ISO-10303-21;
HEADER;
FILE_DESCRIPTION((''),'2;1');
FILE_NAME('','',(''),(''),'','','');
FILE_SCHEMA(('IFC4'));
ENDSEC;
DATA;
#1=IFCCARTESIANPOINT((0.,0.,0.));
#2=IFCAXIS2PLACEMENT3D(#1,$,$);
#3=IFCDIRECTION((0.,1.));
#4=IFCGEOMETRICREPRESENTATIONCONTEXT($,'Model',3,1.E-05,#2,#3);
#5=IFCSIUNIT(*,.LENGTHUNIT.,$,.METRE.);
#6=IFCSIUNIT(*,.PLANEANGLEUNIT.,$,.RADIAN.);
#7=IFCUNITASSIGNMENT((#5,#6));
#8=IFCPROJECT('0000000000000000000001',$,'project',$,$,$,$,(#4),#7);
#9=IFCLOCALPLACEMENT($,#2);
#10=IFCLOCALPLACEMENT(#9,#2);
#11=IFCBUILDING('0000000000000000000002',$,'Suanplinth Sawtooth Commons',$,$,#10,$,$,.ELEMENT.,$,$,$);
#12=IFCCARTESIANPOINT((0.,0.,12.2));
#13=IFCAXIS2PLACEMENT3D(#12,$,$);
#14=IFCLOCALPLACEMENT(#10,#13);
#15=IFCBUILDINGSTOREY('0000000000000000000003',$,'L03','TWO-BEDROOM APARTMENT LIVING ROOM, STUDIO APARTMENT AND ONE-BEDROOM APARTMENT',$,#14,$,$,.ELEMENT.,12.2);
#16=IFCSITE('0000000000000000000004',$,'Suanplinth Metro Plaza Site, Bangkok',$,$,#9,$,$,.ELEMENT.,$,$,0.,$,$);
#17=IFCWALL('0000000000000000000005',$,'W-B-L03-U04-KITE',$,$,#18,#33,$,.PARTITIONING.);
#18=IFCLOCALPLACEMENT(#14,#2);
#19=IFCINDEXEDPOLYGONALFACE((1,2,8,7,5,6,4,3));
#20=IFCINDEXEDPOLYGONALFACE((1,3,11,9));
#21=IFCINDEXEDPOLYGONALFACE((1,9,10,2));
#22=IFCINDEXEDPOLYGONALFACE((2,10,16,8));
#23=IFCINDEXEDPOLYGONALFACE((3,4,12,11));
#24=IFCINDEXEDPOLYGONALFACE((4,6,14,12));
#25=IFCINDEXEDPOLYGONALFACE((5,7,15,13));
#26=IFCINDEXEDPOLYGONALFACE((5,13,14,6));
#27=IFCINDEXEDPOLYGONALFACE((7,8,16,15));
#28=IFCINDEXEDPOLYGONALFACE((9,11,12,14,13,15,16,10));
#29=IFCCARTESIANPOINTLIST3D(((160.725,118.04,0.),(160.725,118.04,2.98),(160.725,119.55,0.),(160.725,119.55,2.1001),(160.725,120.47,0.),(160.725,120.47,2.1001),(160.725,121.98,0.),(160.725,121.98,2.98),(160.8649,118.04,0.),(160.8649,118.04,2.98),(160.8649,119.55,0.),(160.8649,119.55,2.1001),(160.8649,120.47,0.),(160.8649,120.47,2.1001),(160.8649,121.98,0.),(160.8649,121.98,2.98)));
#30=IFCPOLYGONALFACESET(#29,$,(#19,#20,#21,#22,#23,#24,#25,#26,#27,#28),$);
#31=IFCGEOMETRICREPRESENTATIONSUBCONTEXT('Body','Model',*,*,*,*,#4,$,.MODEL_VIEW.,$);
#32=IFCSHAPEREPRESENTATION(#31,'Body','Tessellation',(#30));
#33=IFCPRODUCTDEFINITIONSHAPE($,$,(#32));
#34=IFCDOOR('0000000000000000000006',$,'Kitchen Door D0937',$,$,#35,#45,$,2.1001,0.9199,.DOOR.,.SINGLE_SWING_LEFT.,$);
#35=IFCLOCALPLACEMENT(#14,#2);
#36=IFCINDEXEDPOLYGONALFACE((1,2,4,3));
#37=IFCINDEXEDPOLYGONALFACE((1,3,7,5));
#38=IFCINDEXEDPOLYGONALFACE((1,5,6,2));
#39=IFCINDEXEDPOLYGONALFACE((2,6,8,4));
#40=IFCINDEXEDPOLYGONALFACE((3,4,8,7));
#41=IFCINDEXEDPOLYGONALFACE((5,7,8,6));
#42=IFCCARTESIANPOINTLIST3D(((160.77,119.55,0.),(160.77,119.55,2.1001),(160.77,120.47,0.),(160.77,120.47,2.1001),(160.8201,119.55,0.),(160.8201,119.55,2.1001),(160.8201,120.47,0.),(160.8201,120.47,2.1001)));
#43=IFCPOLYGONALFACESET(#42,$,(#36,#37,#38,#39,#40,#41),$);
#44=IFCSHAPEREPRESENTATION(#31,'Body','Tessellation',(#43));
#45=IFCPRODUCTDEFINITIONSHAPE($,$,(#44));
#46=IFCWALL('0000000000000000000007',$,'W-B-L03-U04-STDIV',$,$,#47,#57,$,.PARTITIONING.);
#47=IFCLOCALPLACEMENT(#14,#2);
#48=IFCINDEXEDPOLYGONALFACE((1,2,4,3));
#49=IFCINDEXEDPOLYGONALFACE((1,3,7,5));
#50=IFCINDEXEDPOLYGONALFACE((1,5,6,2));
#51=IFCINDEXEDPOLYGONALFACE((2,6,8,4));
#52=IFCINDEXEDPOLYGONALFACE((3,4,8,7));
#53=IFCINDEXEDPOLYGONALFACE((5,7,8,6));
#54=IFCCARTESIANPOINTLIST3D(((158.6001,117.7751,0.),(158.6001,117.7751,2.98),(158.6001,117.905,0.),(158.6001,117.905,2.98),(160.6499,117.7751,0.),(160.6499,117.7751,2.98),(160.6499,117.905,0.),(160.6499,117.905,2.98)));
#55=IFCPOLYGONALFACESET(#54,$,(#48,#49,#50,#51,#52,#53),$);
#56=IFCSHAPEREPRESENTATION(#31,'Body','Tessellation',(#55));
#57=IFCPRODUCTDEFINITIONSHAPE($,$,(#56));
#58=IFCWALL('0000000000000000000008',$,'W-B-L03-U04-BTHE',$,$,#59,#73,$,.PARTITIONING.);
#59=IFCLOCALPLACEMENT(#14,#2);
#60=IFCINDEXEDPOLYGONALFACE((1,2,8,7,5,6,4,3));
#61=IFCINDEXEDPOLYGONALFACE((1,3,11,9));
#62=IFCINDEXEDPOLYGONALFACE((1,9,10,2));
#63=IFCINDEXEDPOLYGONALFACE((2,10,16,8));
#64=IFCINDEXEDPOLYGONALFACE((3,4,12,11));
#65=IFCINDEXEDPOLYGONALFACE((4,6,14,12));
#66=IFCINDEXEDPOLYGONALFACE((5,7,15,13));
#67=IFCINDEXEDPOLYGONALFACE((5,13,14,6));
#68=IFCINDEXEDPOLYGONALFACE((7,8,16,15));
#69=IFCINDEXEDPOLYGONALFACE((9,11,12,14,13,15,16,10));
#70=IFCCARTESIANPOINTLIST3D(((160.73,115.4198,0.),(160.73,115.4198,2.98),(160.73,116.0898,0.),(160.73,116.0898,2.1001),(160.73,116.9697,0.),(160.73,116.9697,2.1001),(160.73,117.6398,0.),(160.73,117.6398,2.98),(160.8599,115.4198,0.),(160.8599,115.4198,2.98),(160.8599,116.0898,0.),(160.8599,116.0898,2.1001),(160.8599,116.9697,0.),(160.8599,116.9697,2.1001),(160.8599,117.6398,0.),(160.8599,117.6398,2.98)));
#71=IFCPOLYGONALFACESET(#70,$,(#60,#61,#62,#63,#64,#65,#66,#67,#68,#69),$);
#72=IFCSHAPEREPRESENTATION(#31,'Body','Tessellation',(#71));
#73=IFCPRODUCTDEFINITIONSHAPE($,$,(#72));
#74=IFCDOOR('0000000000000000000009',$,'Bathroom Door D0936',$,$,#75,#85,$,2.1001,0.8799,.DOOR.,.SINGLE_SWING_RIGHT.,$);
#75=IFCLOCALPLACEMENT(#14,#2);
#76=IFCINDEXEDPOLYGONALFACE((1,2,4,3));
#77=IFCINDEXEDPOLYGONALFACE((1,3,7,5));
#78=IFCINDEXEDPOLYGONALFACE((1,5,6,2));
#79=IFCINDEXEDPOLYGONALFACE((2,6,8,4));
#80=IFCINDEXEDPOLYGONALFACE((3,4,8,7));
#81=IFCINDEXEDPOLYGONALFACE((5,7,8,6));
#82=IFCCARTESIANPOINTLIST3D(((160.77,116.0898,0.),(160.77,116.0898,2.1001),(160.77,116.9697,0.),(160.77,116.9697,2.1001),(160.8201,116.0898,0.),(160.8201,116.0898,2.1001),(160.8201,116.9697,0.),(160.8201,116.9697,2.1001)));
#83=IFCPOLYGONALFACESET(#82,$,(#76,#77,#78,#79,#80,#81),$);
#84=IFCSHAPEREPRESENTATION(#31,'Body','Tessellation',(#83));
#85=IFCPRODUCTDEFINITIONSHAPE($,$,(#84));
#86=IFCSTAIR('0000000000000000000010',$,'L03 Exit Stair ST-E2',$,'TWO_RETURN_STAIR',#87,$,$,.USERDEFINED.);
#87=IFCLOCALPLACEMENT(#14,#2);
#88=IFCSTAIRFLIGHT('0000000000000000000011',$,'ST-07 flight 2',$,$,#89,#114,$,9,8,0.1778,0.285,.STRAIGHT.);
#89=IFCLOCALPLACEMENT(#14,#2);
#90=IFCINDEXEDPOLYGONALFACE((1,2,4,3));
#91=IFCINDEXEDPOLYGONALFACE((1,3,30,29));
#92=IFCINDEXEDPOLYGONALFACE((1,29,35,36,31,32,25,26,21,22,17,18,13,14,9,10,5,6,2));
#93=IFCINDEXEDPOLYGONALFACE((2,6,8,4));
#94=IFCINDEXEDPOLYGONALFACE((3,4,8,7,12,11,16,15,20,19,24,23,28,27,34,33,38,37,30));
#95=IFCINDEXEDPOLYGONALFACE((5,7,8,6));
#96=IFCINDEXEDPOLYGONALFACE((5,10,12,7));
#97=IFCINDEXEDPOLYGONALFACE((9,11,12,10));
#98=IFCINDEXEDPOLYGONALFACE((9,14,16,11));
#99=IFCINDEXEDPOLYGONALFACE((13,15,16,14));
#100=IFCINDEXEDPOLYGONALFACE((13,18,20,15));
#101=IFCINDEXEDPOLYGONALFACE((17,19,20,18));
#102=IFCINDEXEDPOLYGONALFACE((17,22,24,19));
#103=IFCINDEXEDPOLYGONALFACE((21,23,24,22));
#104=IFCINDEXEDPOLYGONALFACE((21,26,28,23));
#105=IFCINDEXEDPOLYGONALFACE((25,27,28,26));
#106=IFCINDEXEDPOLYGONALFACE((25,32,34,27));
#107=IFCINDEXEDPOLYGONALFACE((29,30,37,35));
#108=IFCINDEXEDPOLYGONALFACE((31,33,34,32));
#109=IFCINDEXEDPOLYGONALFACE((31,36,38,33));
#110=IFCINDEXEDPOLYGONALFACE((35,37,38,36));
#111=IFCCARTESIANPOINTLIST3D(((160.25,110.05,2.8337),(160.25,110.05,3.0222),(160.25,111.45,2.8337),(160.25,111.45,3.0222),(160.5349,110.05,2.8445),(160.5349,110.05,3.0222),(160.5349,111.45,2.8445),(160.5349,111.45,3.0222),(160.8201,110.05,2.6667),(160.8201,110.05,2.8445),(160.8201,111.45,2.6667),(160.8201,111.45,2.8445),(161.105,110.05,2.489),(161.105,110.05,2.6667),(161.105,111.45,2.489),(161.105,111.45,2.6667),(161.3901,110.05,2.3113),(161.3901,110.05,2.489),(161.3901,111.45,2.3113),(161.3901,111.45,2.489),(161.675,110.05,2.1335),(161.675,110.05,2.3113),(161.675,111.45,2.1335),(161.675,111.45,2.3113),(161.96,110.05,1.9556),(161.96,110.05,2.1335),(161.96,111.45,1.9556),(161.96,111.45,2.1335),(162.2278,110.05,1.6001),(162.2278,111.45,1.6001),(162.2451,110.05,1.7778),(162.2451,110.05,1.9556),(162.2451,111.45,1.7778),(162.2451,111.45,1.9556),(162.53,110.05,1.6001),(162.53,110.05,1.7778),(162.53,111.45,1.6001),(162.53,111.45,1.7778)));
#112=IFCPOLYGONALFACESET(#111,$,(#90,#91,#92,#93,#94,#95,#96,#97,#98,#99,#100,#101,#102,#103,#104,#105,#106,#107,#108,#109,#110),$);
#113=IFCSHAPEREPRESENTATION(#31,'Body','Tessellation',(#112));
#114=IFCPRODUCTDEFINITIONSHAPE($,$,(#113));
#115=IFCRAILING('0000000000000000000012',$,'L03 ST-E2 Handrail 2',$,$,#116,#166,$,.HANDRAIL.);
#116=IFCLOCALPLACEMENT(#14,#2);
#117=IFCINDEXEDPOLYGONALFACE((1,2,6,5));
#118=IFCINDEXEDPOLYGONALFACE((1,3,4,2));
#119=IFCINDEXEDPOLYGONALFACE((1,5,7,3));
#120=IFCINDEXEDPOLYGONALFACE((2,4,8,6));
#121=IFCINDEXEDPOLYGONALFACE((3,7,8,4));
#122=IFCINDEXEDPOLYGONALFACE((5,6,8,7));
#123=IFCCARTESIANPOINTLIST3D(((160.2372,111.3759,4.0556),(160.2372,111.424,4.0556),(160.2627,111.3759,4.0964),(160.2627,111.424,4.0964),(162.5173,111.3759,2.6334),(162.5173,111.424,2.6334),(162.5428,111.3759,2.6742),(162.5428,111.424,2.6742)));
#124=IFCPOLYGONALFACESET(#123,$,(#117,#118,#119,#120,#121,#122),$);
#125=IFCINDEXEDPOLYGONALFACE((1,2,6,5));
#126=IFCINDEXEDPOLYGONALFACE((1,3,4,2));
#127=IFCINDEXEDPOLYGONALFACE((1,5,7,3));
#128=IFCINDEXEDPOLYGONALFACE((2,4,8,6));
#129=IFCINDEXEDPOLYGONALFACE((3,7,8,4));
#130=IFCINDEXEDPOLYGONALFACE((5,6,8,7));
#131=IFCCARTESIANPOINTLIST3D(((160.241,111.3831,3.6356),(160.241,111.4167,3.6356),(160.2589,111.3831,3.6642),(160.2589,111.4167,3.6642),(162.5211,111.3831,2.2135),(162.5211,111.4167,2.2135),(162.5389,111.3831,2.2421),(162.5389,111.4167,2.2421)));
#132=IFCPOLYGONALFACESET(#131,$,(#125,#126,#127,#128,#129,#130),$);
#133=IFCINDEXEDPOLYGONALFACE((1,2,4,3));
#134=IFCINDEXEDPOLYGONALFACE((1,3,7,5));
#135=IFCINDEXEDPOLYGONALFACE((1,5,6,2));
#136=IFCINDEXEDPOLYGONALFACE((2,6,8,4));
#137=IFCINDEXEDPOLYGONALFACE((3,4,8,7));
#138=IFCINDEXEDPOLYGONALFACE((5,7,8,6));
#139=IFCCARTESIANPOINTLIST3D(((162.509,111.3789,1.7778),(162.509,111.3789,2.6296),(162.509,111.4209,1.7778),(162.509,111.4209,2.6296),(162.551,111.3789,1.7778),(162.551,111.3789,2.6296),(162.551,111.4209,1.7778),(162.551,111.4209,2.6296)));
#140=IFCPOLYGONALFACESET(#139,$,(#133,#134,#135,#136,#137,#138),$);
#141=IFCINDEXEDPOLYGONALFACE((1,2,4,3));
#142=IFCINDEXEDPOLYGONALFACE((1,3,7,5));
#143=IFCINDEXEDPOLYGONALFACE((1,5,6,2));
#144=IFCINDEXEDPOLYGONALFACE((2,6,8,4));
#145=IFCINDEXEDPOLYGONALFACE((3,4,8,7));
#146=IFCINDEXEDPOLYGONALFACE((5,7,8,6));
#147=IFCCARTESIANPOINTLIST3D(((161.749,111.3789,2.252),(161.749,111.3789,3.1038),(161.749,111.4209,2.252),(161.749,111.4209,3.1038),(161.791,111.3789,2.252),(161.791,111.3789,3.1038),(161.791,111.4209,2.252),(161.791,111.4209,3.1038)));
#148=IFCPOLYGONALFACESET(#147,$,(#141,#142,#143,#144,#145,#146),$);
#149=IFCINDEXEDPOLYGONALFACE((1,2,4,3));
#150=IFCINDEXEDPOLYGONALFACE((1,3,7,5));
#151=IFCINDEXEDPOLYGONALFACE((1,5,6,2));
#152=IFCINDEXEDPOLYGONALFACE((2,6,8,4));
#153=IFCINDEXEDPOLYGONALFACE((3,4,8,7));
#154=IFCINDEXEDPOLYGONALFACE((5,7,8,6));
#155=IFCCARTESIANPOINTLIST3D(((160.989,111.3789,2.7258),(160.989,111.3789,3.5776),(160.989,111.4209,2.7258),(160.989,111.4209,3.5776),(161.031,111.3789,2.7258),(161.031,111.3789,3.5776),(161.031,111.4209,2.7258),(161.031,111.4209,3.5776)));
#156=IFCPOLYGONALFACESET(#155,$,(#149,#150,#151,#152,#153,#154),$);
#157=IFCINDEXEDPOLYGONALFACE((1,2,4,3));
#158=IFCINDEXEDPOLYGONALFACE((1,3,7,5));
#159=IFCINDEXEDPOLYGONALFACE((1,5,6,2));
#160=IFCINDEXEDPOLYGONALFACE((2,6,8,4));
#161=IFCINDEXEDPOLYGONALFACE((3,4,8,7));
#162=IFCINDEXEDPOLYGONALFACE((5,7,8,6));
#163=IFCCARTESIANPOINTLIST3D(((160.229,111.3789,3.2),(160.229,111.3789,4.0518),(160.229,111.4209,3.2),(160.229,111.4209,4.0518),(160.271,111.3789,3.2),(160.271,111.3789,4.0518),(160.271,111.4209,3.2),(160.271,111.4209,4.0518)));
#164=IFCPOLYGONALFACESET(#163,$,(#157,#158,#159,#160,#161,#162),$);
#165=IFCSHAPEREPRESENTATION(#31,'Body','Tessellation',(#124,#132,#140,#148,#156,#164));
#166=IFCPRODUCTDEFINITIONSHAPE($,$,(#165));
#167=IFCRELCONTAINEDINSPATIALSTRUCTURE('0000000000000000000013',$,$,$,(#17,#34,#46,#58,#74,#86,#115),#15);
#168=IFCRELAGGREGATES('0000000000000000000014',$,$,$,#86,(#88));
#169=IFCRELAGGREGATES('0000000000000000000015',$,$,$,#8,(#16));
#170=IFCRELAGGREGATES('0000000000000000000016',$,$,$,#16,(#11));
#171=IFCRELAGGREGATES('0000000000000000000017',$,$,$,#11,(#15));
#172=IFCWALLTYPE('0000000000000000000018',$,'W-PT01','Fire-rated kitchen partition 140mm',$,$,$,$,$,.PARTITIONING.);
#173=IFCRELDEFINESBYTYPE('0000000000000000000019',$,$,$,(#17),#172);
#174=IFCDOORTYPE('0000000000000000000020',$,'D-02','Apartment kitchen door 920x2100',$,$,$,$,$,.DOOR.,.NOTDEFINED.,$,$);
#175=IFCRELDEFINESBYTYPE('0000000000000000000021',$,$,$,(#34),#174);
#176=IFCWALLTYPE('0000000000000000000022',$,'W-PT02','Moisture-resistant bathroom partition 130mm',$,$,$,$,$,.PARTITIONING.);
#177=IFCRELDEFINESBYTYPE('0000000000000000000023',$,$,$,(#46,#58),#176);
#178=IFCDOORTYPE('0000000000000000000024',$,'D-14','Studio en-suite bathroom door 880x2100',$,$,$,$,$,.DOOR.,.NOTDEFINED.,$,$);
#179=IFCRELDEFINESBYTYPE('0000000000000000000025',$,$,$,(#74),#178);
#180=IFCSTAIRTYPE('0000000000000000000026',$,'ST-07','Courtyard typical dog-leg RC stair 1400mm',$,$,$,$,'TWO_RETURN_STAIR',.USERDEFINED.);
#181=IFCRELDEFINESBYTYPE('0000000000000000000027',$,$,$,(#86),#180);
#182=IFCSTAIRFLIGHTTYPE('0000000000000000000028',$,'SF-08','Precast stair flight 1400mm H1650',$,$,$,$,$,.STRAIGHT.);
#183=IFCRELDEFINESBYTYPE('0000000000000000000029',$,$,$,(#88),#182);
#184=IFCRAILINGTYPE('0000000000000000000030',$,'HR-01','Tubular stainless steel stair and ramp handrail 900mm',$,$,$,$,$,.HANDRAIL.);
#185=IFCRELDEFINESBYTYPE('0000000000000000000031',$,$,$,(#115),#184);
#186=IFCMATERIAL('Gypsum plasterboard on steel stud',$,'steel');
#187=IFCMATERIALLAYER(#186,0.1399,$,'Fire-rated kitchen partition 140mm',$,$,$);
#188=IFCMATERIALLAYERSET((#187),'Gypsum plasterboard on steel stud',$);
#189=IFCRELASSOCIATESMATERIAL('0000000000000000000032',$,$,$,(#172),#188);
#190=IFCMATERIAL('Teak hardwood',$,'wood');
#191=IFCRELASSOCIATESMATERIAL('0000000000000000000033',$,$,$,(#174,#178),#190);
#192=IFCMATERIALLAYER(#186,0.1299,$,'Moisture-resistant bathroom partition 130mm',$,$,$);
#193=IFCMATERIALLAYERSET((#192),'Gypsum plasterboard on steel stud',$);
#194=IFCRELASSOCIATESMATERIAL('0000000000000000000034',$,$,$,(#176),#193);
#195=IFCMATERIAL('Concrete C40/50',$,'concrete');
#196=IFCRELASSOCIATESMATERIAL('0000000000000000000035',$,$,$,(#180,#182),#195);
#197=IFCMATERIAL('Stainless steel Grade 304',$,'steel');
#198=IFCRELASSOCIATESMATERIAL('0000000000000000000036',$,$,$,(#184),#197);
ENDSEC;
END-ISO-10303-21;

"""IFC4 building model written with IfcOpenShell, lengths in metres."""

from ifc_helpers import new_model, si_unit, direction, frame, frame_2d, origin, origin_2d, place, context, subcontext, project, spatial, polyline, rectangle, outline, extrude, material, layer, layer_set, type_object, element, fill, aggregate, save


model = new_model("IFC4")

# Units and contexts
model_context = context("Model", 3, precision=1e-05, world=origin(), true_north=direction((0.0, 1.0)))
body_context = subcontext(model_context, "Body", "Model", "MODEL_VIEW")
ifc_project = project(units=[si_unit("LENGTHUNIT", "METRE"), si_unit("PLANEANGLEUNIT", "RADIAN")], contexts=[model_context])

# Site, building, storey
site_placement = place(None, origin())
site = spatial("IfcSite", under=ifc_project, at=site_placement, Name="Suanplinth Metro Plaza Site, Bangkok", CompositionType="ELEMENT", RefElevation=0.0)
building_placement = place(site_placement, origin())
building = spatial("IfcBuilding", under=site, at=building_placement, Name="Suanplinth Sawtooth Commons", CompositionType="ELEMENT")
storey_placement = place(building_placement, frame((0.0, 0.0, 12.2)))
storey = spatial("IfcBuildingStorey", under=building, at=storey_placement, Name="L03", Description="TWO-BEDROOM APARTMENT LIVING ROOM, STUDIO APARTMENT AND ONE-BEDROOM APARTMENT", CompositionType="ELEMENT", Elevation=12.2)

# Shared definitions
ifc_material_1 = material(Name="Concrete C40/50", Category="concrete")

# Wall, opening, door
ifc_material_2 = material(Name="Gypsum plasterboard on steel stud", Category="steel")
ifc_layer_1 = layer(ifc_material_2, 0.1399, Name="Fire-rated kitchen partition 140mm")
ifc_layer_set_1 = layer_set([ifc_layer_1], Name="Gypsum plasterboard on steel stud")
wall_type_1 = type_object("IfcWallType", Name="W-PT01", Description="Fire-rated kitchen partition 140mm", PredefinedType="PARTITIONING", material=ifc_layer_set_1)
wall_1_placement = place(storey_placement, frame((160.7949, 118.04, 0.0), z_axis=(0.0, 0.0, 1.0), x_axis=(0.0, 1.0, 0.0)))
wall_1 = element("IfcWall", 1, at=wall_1_placement, inside=storey, type_object=wall_type_1, Name="W-B-L03-U04-KITE", PredefinedType="PARTITIONING", context=body_context, shape_type="SweptSolid", body=[
    extrude(rectangle(XDim=3.9399, YDim=0.1399, at=frame_2d((1.97, 0.0))), origin(), (0.0, 0.0, 1.0), 2.98),
])
opening_1_placement = place(wall_1_placement, frame((1.51, 0.0, 0.0)))
opening_1 = element("IfcOpeningElement", 2, at=opening_1_placement, cuts=wall_1, PredefinedType="OPENING", context=body_context, shape_type="SweptSolid", body=[
    extrude(rectangle(XDim=0.9199, YDim=2.1001, at=frame_2d((0.46, 1.05))), frame((0.0, 0.085, 0.0), z_axis=(0.0, -1.0, 0.0), x_axis=(1.0, 0.0, 0.0)), (0.0, 0.0, 1.0), 0.1697),
])
ifc_material_3 = material(Name="Teak hardwood", Category="wood")
door_type_1 = type_object("IfcDoorType", Name="D-02", Description="Apartment kitchen door 920x2100", OperationType="NOTDEFINED", PredefinedType="DOOR", material=ifc_material_3)
door_1_placement = place(opening_1_placement, origin())
door_1 = element("IfcDoor", 3, at=door_1_placement, inside=storey, type_object=door_type_1, Name="Kitchen Door D0937", OperationType="SINGLE_SWING_LEFT", OverallHeight=2.1001, OverallWidth=0.9199, PredefinedType="DOOR", context=body_context, shape_type="SweptSolid", body=[
    extrude(rectangle(XDim=0.9199, YDim=2.1001, at=frame_2d((0.46, 1.05))), frame((0.0, 0.0249, 0.0), z_axis=(0.0, -1.0, 0.0), x_axis=(1.0, 0.0, 0.0)), (0.0, 0.0, 1.0), 0.05),
])
fill(opening_1, door_1)

# Wall
ifc_layer_2 = layer(ifc_material_2, 0.1299, Name="Moisture-resistant bathroom partition 130mm")
ifc_layer_set_2 = layer_set([ifc_layer_2], Name="Gypsum plasterboard on steel stud")
wall_type_2 = type_object("IfcWallType", Name="W-PT02", Description="Moisture-resistant bathroom partition 130mm", PredefinedType="PARTITIONING", material=ifc_layer_set_2)
wall_2_placement = place(storey_placement, frame((158.6001, 117.8401, 0.0), z_axis=(0.0, 0.0, 1.0), x_axis=(1.0, 0.0, 0.0)))
element("IfcWall", 4, at=wall_2_placement, inside=storey, type_object=wall_type_2, Name="W-B-L03-U04-STDIV", PredefinedType="PARTITIONING", context=body_context, shape_type="SweptSolid", body=[
    extrude(rectangle(XDim=2.0498, YDim=0.1299, at=frame_2d((1.0249, 0.0))), origin(), (0.0, 0.0, 1.0), 2.98),
])

# Wall, opening, door
wall_3_placement = place(storey_placement, frame((160.7949, 115.4199, 0.0), z_axis=(0.0, 0.0, 1.0), x_axis=(0.0, 1.0, 0.0)))
wall_3 = element("IfcWall", 5, at=wall_3_placement, inside=storey, type_object=wall_type_2, Name="W-B-L03-U04-BTHE", PredefinedType="PARTITIONING", context=body_context, shape_type="SweptSolid", body=[
    extrude(rectangle(XDim=2.22, YDim=0.1299, at=frame_2d((1.1099, 0.0))), origin(), (0.0, 0.0, 1.0), 2.98),
])
opening_2_placement = place(wall_3_placement, frame((0.6699, 0.0, 0.0)))
opening_2 = element("IfcOpeningElement", 6, at=opening_2_placement, cuts=wall_3, PredefinedType="OPENING", context=body_context, shape_type="SweptSolid", body=[
    extrude(rectangle(XDim=0.8799, YDim=2.1001, at=frame_2d((0.4399, 1.05))), frame((0.0, 0.0798, 0.0), z_axis=(0.0, -1.0, 0.0), x_axis=(1.0, 0.0, 0.0)), (0.0, 0.0, 1.0), 0.1597),
])
door_type_2 = type_object("IfcDoorType", Name="D-14", Description="Studio en-suite bathroom door 880x2100", OperationType="NOTDEFINED", PredefinedType="DOOR", material=ifc_material_3)
door_2_placement = place(opening_2_placement, origin())
door_2 = element("IfcDoor", 7, at=door_2_placement, inside=storey, type_object=door_type_2, Name="Bathroom Door D0936", OperationType="SINGLE_SWING_RIGHT", OverallHeight=2.1001, OverallWidth=0.8799, PredefinedType="DOOR", context=body_context, shape_type="SweptSolid", body=[
    extrude(rectangle(XDim=0.8799, YDim=2.1001, at=frame_2d((0.4399, 1.05))), frame((0.0, 0.0249, 0.0), z_axis=(0.0, -1.0, 0.0), x_axis=(1.0, 0.0, 0.0)), (0.0, 0.0, 1.0), 0.05),
])
fill(opening_2, door_2)

# Stair, stair flight
stair_type = type_object("IfcStairType", Name="ST-07", Description="Courtyard typical dog-leg RC stair 1400mm", ElementType="TWO_RETURN_STAIR", PredefinedType="USERDEFINED", material=ifc_material_1)
stair_placement = place(storey_placement, origin())
stair = element("IfcStair", 8, at=stair_placement, inside=storey, type_object=stair_type, Name="L03 Exit Stair ST-E2", ObjectType="TWO_RETURN_STAIR", PredefinedType="USERDEFINED")
stair_flight_type = type_object("IfcStairFlightType", Name="SF-08", Description="Precast stair flight 1400mm H1650", PredefinedType="STRAIGHT", material=ifc_material_1)
stair_flight_placement = place(storey_placement, frame((162.53, 110.75, 1.6001), z_axis=(0.0, 0.0, 1.0), x_axis=(-1.0, 0.0, 0.0)))
stair_flight = element("IfcStairFlight", 9, at=stair_flight_placement, type_object=stair_flight_type, Name="ST-07 flight 2", NumberOfRisers=9, NumberOfTreads=8, PredefinedType="STRAIGHT", RiserHeight=0.1778, TreadLength=0.285, context=body_context, shape_type="SweptSolid", body=[
    extrude(outline(polyline([(0.0, 0.0), (0.0, 0.1777), (0.2849, 0.1777), (0.2849, 0.3555), (0.5701, 0.3555), (0.5701, 0.5334), (0.855, 0.5334), (0.855, 0.7112), (1.1399, 0.7112), (1.1399, 0.8889), (1.425, 0.8889), (1.425, 1.0667), (1.71, 1.0667), (1.71, 1.2444), (1.9951, 1.2444), (1.9951, 1.4221), (2.28, 1.4221), (2.28, 1.6001), (2.28, 1.2336), (0.3022, 0.0), (0.0, 0.0)])), frame((0.0, 0.7, 0.0), z_axis=(0.0, -1.0, 0.0), x_axis=(1.0, 0.0, 0.0)), (0.0, 0.0, 1.0), 1.3999),
])
aggregate(stair, [stair_flight])

# Railing
ifc_material_4 = material(Name="Stainless steel Grade 304", Category="steel")
railing_type = type_object("IfcRailingType", Name="HR-01", Description="Tubular stainless steel stair and ramp handrail 900mm", PredefinedType="HANDRAIL", material=ifc_material_4)
railing_placement = place(storey_placement, frame((162.53, 111.3999, 1.7778)))
element("IfcRailing", 10, at=railing_placement, inside=storey, type_object=railing_type, Name="L03 ST-E2 Handrail 2", PredefinedType="HANDRAIL", context=body_context, shape_type="SweptSolid", body=[
    extrude(rectangle(XDim=0.0481, YDim=0.0481, at=origin_2d()), frame((0.0, 0.0, 0.876), z_axis=(-0.848483, 0.0, 0.529223), x_axis=(0.0, -1.0, 0.0)), (0.0, 0.0, 1.0), 2.6873),
    extrude(rectangle(XDim=0.0337, YDim=0.0337, at=origin_2d()), frame((0.0, 0.0, 0.45), z_axis=(-0.848483, 0.0, 0.529223), x_axis=(0.0, -1.0, 0.0)), (0.0, 0.0, 1.0), 2.6873),
    extrude(rectangle(XDim=0.042, YDim=0.042, at=origin_2d()), origin(), (0.0, 0.0, 1.0), 0.8518),
    extrude(rectangle(XDim=0.042, YDim=0.042, at=origin_2d()), frame((-0.76, 0.0, 0.4741)), (0.0, 0.0, 1.0), 0.8518),
    extrude(rectangle(XDim=0.042, YDim=0.042, at=origin_2d()), frame((-1.52, 0.0, 0.948)), (0.0, 0.0, 1.0), 0.8518),
    extrude(rectangle(XDim=0.042, YDim=0.042, at=origin_2d()), frame((-2.28, 0.0, 1.4221)), (0.0, 0.0, 1.0), 0.8518),
])

save(model, "model.ifc")
